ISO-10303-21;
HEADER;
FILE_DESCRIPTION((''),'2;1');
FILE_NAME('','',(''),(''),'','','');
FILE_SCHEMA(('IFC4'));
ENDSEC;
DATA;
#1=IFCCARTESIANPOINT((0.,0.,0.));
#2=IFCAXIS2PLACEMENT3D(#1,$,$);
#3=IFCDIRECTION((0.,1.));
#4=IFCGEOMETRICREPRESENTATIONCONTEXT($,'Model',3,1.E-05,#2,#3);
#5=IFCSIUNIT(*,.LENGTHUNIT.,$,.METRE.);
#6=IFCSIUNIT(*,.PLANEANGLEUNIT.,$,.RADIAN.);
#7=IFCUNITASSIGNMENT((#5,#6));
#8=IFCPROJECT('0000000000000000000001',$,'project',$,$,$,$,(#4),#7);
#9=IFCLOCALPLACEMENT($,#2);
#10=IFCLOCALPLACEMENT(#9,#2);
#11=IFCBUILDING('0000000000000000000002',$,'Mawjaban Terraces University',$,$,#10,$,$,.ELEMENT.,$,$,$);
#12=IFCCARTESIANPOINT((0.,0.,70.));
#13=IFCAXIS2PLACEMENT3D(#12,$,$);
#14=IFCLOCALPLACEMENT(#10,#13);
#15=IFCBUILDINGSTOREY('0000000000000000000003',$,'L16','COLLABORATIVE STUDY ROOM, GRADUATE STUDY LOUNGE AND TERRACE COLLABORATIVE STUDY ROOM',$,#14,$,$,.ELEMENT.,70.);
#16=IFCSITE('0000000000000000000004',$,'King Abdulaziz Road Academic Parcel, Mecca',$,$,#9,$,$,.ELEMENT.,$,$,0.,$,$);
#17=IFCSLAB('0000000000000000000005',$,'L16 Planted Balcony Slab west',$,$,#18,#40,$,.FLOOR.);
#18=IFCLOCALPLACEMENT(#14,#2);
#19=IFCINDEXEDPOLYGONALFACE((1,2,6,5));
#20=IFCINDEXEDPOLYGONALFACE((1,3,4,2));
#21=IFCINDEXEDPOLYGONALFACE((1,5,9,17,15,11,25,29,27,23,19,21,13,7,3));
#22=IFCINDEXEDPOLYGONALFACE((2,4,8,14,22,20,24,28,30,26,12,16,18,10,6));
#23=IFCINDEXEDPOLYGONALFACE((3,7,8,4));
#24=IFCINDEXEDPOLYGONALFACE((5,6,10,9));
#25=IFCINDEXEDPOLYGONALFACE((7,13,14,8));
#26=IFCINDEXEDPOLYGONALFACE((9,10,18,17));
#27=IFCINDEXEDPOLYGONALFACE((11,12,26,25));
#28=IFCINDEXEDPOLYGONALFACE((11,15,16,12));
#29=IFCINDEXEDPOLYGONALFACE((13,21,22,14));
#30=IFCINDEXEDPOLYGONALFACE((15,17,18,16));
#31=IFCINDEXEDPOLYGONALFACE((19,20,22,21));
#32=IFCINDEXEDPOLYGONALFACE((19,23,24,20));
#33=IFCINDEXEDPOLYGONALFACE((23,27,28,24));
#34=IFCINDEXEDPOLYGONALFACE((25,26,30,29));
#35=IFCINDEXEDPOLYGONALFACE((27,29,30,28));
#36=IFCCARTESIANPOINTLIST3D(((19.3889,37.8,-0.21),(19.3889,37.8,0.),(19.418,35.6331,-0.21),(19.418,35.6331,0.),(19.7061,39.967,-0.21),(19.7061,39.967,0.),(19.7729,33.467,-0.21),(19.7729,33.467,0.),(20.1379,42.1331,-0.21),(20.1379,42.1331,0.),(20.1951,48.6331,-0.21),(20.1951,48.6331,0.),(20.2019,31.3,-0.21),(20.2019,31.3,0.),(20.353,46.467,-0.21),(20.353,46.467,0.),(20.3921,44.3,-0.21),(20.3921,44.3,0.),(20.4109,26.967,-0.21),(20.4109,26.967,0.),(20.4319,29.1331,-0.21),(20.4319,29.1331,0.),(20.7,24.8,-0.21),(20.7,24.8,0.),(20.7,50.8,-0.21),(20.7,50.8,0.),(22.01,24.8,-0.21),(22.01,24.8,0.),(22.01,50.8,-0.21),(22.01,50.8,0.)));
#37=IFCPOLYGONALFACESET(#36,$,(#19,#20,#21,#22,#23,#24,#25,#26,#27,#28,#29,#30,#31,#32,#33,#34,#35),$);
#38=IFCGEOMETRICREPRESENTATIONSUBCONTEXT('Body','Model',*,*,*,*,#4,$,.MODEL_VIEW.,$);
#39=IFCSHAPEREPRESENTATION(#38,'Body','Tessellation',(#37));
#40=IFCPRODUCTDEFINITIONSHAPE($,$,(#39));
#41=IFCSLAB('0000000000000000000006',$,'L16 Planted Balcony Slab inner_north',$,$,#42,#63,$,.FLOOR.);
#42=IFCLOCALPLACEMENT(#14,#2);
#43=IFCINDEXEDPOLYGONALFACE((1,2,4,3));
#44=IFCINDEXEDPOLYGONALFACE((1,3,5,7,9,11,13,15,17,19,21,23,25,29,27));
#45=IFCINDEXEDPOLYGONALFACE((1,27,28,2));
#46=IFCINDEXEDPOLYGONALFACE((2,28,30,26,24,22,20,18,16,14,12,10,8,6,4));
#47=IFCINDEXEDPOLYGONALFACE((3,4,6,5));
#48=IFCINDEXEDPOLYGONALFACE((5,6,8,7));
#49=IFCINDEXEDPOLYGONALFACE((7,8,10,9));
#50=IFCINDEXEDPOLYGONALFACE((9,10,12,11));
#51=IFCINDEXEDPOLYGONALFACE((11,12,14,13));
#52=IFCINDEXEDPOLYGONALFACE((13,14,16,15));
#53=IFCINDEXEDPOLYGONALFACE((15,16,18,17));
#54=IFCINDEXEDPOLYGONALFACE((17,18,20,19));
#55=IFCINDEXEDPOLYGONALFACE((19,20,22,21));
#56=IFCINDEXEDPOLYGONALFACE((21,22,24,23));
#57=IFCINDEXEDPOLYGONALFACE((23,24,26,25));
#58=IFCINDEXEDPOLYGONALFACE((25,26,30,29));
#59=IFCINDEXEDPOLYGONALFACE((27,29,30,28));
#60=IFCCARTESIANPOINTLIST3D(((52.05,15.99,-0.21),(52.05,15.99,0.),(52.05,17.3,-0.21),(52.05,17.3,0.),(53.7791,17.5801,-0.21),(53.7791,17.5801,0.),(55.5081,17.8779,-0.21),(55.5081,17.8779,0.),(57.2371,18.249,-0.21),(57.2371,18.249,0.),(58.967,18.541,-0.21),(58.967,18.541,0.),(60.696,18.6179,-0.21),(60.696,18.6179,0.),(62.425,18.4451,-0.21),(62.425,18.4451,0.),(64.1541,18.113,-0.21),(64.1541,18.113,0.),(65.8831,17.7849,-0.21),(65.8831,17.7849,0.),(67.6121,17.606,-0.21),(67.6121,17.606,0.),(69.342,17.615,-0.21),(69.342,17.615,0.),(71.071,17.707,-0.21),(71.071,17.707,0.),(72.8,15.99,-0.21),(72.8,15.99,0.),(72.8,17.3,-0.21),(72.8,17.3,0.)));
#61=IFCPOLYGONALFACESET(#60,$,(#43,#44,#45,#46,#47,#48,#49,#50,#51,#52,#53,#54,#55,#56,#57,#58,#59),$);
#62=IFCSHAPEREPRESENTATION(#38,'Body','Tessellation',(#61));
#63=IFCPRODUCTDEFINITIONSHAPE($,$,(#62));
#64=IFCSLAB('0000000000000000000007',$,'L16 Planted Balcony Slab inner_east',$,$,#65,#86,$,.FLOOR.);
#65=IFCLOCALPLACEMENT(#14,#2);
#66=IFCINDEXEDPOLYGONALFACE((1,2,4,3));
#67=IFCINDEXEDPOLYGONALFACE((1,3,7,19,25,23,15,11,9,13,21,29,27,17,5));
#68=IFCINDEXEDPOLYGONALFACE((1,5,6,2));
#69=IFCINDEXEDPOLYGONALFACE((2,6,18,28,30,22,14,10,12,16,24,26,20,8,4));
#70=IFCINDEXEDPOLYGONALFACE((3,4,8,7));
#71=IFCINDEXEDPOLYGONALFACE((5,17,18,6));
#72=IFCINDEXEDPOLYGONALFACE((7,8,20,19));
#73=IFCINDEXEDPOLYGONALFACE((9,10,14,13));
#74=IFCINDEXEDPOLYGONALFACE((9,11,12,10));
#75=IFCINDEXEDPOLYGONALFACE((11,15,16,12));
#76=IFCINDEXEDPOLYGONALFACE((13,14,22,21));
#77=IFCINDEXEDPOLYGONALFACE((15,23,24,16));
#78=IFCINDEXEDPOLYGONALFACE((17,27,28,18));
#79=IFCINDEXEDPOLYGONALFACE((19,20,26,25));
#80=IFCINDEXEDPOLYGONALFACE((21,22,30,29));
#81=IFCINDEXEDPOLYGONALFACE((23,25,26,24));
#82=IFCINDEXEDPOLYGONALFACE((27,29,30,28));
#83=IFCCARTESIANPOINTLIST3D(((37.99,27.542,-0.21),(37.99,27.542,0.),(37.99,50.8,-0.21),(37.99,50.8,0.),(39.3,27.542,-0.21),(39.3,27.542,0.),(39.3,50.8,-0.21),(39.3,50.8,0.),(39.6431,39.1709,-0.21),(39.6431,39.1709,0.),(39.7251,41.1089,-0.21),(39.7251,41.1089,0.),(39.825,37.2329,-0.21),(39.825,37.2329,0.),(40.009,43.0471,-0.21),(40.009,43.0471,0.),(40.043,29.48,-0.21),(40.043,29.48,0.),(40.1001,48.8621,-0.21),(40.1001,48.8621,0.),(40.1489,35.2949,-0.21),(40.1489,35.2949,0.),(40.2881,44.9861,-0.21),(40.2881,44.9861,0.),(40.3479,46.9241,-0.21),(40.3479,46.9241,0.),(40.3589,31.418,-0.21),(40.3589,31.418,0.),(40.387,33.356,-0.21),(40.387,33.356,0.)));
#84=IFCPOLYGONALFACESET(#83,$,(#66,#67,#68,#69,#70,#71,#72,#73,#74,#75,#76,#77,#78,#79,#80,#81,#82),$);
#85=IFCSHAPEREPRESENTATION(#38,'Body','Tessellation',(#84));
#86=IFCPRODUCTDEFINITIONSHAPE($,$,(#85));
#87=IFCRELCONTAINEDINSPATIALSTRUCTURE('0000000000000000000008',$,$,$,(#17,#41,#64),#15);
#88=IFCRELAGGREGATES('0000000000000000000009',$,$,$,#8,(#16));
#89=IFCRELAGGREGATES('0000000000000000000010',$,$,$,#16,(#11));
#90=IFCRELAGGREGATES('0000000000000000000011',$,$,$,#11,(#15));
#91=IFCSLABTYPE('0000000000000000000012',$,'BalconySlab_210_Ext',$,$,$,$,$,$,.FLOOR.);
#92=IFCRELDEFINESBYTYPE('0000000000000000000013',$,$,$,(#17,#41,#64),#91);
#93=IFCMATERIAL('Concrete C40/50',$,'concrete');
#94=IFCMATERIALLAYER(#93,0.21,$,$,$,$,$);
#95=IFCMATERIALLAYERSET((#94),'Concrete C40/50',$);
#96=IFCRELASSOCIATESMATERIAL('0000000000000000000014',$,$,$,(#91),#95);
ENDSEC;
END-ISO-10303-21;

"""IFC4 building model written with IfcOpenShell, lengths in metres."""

from ifc_helpers import new_model, si_unit, direction, frame, origin, place, context, subcontext, project, spatial, polyline, outline, extrude, material, layer, layer_set, type_object, element, save


model = new_model("IFC4")

# Units and contexts
model_context = context("Model", 3, precision=1e-05, world=origin(), true_north=direction((0.0, 1.0)))
body_context = subcontext(model_context, "Body", "Model", "MODEL_VIEW")
ifc_project = project(units=[si_unit("LENGTHUNIT", "METRE"), si_unit("PLANEANGLEUNIT", "RADIAN")], contexts=[model_context])

# Site, building, storey
site_placement = place(None, origin())
site = spatial("IfcSite", under=ifc_project, at=site_placement, Name="King Abdulaziz Road Academic Parcel, Mecca", CompositionType="ELEMENT", RefElevation=0.0)
building_placement = place(site_placement, origin())
building = spatial("IfcBuilding", under=site, at=building_placement, Name="Mawjaban Terraces University", CompositionType="ELEMENT")
storey_placement = place(building_placement, frame((0.0, 0.0, 70.0)))
storey = spatial("IfcBuildingStorey", under=building, at=storey_placement, Name="L16", Description="COLLABORATIVE STUDY ROOM, GRADUATE STUDY LOUNGE AND TERRACE COLLABORATIVE STUDY ROOM", CompositionType="ELEMENT", Elevation=70.0)

# Slabs
ifc_material_1 = material(Name="Concrete C40/50", Category="concrete")
ifc_layer_1 = layer(ifc_material_1, 0.21)
ifc_layer_set_1 = layer_set([ifc_layer_1], Name="Concrete C40/50")
slab_type_1 = type_object("IfcSlabType", Name="BalconySlab_210_Ext", PredefinedType="FLOOR", material=ifc_layer_set_1)
slab_1_placement = place(storey_placement, frame((0.0, 0.0, -0.21)))
element("IfcSlab", 1, at=slab_1_placement, inside=storey, type_object=slab_type_1, Name="L16 Planted Balcony Slab west", PredefinedType="FLOOR", context=body_context, shape_type="SweptSolid", body=[
    extrude(outline(polyline([(22.01, 24.8), (22.01, 50.8), (20.7, 50.8), (20.1951, 48.6331), (20.353, 46.467), (20.3921, 44.3), (20.1379, 42.1331), (19.7061, 39.967), (19.3889, 37.8), (19.418, 35.6331), (19.7729, 33.467), (20.2019, 31.3), (20.4319, 29.1331), (20.4109, 26.967), (20.7, 24.8), (22.01, 24.8)])), origin(), (0.0, 0.0, 1.0), 0.21),
])
slab_2_placement = place(storey_placement, frame((0.0, 0.0, -0.21)))
element("IfcSlab", 2, at=slab_2_placement, inside=storey, type_object=slab_type_1, Name="L16 Planted Balcony Slab inner_north", PredefinedType="FLOOR", context=body_context, shape_type="SweptSolid", body=[
    extrude(outline(polyline([(52.05, 15.99), (72.8, 15.99), (72.8, 17.3), (71.071, 17.707), (69.342, 17.615), (67.6121, 17.606), (65.8831, 17.7849), (64.1541, 18.113), (62.425, 18.4451), (60.696, 18.6179), (58.967, 18.541), (57.2371, 18.249), (55.5081, 17.8779), (53.7791, 17.5801), (52.05, 17.3), (52.05, 15.99)])), origin(), (0.0, 0.0, 1.0), 0.21),
])
slab_3_placement = place(storey_placement, frame((0.0, 0.0, -0.21)))
element("IfcSlab", 3, at=slab_3_placement, inside=storey, type_object=slab_type_1, Name="L16 Planted Balcony Slab inner_east", PredefinedType="FLOOR", context=body_context, shape_type="SweptSolid", body=[
    extrude(outline(polyline([(39.3, 27.542), (40.043, 29.48), (40.3589, 31.418), (40.387, 33.356), (40.1489, 35.2949), (39.825, 37.2329), (39.6431, 39.1709), (39.7251, 41.1089), (40.009, 43.0471), (40.2881, 44.9861), (40.3479, 46.9241), (40.1001, 48.8621), (39.3, 50.8), (37.99, 50.8), (37.99, 27.542), (39.3, 27.542)])), origin(), (0.0, 0.0, 1.0), 0.21),
])

save(model, "model.ifc")
